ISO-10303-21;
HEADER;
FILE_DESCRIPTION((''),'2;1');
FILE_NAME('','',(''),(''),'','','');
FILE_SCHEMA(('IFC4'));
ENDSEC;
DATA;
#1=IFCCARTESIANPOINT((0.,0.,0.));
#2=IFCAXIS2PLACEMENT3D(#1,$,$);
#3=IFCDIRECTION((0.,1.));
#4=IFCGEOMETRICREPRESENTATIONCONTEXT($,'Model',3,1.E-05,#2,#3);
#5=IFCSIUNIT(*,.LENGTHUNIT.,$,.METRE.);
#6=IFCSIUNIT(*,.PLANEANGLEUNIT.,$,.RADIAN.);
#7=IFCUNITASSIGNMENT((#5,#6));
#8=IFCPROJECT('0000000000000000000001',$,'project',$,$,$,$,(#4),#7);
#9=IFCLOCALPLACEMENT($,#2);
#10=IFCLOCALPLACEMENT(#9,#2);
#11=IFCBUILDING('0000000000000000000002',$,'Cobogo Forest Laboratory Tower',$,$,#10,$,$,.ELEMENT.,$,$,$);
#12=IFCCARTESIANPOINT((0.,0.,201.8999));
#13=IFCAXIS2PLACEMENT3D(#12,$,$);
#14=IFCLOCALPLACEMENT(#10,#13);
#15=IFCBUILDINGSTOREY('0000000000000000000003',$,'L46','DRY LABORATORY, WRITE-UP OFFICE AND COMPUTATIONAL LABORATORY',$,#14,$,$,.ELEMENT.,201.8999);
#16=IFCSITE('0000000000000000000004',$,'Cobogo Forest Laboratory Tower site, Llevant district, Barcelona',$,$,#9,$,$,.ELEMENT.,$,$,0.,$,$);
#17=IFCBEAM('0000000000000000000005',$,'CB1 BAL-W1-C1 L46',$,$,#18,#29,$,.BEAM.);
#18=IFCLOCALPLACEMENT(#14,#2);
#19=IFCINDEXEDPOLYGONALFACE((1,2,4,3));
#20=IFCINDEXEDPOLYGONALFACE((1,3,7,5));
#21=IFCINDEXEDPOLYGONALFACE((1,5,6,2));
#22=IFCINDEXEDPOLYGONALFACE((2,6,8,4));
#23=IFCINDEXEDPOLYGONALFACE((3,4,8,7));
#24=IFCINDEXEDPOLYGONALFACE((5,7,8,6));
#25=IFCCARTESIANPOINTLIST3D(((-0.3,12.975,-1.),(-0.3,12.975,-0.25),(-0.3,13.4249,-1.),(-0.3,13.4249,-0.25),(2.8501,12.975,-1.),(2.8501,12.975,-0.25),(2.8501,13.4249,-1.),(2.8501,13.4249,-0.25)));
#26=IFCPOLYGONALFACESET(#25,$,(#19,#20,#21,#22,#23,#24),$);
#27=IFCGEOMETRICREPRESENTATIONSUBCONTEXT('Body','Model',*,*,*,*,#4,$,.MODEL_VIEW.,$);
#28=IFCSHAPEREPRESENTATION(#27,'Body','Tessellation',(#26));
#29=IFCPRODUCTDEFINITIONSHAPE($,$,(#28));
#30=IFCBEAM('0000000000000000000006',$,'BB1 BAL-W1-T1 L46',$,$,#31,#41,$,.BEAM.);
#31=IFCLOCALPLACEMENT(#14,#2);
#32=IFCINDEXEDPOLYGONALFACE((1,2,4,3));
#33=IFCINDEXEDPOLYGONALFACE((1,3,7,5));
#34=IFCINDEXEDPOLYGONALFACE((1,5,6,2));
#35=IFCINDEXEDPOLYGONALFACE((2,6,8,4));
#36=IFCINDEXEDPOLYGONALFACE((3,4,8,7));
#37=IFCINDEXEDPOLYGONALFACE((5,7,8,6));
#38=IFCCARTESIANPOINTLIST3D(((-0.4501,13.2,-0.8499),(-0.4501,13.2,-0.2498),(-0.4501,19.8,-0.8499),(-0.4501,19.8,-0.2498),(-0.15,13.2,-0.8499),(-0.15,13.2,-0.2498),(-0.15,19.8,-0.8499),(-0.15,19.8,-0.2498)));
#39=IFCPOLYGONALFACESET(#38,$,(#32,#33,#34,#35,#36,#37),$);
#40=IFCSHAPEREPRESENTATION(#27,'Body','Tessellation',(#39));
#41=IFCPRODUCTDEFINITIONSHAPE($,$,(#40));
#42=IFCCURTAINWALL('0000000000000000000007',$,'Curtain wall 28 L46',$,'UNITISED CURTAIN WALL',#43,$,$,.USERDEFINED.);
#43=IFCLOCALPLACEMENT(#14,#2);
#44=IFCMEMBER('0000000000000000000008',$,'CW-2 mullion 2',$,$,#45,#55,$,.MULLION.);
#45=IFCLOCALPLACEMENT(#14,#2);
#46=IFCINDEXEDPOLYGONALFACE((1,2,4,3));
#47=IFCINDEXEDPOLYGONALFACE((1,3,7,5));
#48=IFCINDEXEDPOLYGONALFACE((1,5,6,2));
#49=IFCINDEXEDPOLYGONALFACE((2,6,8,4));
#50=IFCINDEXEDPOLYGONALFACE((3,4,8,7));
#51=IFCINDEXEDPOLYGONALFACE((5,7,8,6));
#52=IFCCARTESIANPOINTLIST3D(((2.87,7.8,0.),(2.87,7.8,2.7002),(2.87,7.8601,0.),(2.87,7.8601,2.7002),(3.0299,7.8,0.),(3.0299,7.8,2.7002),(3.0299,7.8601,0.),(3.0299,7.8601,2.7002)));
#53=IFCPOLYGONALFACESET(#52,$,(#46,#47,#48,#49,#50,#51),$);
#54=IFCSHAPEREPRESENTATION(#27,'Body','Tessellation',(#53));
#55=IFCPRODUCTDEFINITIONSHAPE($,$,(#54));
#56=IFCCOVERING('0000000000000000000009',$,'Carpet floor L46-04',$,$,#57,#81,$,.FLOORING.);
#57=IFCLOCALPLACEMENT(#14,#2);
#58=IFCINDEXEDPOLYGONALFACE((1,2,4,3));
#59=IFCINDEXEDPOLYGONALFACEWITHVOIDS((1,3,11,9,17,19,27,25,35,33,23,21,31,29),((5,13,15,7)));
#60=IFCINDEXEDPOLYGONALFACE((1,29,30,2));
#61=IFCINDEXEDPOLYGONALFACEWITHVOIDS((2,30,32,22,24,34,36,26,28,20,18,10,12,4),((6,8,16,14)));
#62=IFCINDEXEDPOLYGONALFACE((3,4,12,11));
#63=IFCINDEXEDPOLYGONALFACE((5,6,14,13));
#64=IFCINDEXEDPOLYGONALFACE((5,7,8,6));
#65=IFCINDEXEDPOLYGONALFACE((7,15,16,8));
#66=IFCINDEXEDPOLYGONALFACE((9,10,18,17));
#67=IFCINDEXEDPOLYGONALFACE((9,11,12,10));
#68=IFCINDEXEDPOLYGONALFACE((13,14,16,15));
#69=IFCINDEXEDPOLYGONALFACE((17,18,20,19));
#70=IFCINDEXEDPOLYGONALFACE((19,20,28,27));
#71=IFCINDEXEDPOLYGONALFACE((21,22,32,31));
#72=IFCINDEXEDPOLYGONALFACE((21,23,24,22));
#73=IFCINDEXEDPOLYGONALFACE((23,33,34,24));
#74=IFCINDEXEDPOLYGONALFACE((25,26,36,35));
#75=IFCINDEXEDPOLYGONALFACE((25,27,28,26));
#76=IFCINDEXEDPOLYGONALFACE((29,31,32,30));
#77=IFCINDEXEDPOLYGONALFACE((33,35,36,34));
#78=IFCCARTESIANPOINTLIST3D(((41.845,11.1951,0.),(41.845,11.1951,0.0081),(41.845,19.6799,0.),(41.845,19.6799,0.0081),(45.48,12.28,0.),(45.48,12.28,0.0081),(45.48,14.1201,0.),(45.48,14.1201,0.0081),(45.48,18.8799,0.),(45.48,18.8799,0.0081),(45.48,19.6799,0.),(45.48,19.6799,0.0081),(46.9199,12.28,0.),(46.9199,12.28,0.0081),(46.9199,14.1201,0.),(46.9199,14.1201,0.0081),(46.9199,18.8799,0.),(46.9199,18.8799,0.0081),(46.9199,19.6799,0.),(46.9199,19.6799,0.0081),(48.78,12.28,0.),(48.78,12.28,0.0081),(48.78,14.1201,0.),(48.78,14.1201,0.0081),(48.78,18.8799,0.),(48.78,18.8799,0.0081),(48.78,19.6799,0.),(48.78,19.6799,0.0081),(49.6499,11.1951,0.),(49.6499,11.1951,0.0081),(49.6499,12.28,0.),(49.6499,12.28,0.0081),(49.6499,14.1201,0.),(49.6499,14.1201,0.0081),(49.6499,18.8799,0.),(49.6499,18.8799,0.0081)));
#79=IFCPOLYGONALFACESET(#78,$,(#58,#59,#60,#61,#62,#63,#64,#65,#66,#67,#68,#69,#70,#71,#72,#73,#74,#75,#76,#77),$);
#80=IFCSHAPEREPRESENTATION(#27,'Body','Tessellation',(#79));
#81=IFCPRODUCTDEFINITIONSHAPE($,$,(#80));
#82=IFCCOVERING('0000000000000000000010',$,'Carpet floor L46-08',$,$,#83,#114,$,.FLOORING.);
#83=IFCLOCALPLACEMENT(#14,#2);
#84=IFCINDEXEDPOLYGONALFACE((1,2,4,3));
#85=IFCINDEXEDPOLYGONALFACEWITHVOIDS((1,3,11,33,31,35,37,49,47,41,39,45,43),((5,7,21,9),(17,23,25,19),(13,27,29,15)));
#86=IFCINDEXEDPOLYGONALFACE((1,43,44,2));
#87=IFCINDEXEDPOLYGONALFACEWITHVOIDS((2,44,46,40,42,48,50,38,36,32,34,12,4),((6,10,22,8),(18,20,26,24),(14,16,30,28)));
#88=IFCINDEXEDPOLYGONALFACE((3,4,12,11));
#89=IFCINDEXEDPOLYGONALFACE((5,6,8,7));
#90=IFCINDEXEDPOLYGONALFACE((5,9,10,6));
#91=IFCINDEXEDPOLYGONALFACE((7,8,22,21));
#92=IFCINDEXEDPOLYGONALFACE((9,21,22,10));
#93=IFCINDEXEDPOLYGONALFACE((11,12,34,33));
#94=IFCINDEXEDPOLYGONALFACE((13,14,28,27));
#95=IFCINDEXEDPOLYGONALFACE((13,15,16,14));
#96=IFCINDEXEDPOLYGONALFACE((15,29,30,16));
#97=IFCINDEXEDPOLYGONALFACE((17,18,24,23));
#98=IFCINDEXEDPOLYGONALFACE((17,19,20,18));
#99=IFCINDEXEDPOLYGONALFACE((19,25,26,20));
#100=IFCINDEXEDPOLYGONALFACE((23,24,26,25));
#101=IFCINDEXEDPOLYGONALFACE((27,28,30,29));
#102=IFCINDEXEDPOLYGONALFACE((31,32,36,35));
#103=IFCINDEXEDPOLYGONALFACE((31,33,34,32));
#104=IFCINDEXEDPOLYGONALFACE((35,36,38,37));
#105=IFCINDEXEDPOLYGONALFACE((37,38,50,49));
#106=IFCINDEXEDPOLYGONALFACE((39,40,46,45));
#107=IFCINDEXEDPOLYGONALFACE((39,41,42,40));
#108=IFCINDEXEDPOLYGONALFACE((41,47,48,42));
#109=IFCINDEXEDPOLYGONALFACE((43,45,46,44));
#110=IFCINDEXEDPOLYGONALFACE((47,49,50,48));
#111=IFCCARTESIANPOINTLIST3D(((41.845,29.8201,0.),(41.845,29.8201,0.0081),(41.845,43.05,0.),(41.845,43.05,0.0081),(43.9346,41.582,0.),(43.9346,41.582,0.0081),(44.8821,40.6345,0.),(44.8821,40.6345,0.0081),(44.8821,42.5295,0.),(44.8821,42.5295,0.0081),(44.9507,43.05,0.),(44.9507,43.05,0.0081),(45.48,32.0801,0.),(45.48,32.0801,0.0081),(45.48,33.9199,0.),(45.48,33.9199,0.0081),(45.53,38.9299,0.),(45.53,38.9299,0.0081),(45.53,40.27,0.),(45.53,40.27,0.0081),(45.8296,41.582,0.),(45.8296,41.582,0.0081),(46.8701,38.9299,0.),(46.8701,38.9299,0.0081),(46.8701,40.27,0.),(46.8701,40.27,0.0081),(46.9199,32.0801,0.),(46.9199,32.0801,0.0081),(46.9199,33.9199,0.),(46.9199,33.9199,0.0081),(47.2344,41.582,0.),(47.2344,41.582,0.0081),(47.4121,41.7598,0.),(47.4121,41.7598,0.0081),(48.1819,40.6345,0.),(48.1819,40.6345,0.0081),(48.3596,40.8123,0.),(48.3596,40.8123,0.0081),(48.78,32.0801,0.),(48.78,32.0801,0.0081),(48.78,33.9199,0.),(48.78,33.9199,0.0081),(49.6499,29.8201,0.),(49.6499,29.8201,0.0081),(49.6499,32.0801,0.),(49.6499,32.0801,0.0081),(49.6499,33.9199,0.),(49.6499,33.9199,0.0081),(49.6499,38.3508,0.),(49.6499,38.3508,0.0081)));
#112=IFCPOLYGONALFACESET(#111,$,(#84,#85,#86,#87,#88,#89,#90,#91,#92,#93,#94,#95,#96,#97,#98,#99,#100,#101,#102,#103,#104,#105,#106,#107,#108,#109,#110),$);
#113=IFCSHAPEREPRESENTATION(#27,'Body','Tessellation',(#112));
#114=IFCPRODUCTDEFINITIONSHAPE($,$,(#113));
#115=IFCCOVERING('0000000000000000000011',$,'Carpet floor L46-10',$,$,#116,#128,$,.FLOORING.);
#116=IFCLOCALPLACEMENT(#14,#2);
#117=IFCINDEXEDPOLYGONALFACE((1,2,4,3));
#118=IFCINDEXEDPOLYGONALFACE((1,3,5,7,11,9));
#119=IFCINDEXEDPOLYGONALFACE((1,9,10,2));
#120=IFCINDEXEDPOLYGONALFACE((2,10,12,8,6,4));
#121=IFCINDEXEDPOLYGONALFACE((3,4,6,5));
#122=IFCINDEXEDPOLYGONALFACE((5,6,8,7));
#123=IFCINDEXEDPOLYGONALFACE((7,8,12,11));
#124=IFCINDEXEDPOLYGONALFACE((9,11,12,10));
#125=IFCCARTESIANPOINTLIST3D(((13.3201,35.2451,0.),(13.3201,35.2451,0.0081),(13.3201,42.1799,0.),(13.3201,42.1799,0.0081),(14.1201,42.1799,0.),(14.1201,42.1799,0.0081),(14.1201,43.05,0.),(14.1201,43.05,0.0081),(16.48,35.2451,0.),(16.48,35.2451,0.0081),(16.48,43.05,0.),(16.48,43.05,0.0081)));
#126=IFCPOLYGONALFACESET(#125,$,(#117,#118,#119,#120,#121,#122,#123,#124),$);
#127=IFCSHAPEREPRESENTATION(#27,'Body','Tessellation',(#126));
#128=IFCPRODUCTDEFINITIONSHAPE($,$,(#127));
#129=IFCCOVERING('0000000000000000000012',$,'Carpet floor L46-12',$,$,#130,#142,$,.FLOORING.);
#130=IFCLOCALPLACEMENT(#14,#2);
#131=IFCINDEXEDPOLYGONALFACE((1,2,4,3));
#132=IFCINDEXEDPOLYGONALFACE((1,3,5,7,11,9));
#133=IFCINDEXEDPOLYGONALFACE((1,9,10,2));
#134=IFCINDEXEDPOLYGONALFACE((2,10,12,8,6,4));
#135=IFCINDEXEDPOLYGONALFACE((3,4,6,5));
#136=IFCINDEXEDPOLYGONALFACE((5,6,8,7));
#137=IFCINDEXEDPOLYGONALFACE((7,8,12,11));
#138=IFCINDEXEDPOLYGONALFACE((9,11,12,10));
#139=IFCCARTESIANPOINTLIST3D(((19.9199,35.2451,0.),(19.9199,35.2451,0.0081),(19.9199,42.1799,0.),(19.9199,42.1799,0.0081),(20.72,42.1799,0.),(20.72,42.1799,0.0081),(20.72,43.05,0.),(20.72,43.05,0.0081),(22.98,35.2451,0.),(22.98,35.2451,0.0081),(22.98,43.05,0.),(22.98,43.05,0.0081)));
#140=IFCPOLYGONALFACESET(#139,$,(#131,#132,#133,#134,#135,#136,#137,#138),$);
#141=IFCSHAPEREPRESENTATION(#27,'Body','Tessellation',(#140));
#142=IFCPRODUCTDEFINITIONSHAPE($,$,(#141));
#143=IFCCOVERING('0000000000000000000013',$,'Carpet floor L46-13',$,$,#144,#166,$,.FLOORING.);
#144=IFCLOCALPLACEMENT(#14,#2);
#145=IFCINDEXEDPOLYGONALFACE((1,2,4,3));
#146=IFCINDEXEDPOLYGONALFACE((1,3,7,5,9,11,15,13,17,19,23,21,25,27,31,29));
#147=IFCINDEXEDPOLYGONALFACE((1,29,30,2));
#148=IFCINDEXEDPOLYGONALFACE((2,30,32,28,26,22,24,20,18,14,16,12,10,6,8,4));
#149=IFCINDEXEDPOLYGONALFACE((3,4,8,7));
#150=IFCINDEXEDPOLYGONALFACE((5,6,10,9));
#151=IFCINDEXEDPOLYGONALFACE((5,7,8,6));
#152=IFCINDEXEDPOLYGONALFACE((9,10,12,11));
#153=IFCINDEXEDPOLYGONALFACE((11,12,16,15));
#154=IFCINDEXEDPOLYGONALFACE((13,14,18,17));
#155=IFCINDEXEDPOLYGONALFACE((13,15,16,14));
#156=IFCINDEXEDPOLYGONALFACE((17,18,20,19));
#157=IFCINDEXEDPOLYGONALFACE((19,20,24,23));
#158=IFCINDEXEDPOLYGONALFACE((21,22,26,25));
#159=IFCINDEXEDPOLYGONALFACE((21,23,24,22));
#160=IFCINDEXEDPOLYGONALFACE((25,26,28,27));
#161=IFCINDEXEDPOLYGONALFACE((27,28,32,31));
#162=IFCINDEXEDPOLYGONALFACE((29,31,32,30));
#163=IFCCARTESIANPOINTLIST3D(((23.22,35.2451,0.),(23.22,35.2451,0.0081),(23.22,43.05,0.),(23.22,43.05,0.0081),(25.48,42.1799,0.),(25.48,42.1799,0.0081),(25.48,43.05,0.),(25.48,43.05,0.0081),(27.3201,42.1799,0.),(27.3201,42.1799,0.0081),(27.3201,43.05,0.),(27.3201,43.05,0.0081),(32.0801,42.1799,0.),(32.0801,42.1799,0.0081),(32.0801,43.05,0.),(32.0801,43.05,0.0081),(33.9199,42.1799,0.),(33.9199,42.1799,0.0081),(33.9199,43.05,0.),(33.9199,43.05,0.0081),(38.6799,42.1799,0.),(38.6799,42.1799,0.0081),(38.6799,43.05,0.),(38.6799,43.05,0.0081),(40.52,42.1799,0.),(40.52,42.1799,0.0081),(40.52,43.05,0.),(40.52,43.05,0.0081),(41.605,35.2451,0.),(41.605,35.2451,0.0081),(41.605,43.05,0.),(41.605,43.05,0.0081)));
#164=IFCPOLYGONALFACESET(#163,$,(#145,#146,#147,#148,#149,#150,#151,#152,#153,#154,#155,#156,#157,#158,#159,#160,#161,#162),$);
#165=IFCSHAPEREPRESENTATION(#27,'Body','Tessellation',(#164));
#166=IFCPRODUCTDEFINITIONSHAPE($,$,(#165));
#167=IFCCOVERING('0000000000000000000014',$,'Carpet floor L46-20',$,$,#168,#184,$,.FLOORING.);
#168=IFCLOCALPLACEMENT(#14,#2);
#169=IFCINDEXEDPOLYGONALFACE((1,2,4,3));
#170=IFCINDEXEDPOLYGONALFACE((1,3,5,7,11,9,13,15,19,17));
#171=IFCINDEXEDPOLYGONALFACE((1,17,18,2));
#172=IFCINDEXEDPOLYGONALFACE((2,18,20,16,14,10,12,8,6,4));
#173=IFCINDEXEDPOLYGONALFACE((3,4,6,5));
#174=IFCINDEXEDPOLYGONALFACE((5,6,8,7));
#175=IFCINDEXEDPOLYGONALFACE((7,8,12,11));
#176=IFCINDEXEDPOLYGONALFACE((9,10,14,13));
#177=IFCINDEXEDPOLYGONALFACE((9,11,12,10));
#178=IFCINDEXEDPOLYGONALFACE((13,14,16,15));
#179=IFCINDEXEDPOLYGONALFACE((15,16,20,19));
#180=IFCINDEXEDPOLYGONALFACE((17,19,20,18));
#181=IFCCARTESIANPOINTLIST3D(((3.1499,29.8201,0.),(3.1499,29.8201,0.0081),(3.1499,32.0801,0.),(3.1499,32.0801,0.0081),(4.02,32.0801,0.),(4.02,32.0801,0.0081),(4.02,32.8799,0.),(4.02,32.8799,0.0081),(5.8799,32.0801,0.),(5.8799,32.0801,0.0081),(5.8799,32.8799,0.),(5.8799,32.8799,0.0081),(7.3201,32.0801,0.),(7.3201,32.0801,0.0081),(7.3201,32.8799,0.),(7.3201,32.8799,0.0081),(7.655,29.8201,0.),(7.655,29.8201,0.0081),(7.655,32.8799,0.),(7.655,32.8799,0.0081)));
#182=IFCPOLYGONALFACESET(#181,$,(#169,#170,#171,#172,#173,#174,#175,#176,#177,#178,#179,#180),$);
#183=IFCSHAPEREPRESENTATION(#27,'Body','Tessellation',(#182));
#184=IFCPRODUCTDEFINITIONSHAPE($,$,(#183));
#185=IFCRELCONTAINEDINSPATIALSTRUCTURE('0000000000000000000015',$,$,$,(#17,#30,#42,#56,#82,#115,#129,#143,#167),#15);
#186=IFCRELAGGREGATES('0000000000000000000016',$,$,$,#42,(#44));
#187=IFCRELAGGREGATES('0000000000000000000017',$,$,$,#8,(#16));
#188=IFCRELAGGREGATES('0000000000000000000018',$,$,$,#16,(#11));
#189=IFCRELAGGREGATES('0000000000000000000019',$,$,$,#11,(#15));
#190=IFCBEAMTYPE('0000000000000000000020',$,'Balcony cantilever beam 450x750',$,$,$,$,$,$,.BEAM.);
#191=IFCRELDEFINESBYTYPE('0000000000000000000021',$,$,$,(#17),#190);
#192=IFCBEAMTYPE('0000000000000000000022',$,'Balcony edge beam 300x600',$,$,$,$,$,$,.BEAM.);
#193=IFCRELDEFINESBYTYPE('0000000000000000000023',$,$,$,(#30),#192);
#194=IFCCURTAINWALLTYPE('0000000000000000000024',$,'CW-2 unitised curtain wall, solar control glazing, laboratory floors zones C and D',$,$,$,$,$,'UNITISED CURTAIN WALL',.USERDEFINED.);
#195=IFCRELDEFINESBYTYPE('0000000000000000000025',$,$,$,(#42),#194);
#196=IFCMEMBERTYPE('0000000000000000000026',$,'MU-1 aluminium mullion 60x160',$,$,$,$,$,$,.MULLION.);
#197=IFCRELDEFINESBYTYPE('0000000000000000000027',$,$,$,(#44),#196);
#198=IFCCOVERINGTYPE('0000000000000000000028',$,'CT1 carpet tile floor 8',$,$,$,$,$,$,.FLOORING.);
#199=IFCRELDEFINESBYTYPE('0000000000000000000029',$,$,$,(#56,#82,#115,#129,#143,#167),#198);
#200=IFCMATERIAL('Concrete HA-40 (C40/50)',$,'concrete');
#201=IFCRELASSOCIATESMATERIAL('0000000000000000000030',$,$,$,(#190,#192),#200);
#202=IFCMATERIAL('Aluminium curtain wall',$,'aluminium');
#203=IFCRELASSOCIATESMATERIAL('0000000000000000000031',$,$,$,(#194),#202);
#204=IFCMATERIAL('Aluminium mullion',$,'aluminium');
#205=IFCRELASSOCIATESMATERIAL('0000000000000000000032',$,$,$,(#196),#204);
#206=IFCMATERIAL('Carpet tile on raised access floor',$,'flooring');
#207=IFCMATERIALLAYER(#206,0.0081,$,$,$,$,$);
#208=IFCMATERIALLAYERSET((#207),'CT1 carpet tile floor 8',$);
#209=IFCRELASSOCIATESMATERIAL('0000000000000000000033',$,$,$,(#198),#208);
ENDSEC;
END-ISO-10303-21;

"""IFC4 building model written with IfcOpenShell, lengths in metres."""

from ifc_helpers import new_model, si_unit, direction, frame, origin, origin_2d, place, context, subcontext, project, spatial, polyline, rectangle, outline, extrude, material, layer, layer_set, material_profile, profile_set, type_object, element, aggregate, save


model = new_model("IFC4")

# Units and contexts
model_context = context("Model", 3, precision=1e-05, world=origin(), true_north=direction((0.0, 1.0)))
body_context = subcontext(model_context, "Body", "Model", "MODEL_VIEW")
ifc_project = project(units=[si_unit("LENGTHUNIT", "METRE"), si_unit("PLANEANGLEUNIT", "RADIAN")], contexts=[model_context])

# Site, building, storey
site_placement = place(None, origin())
site = spatial("IfcSite", under=ifc_project, at=site_placement, Name="Cobogo Forest Laboratory Tower site, Llevant district, Barcelona", CompositionType="ELEMENT", RefElevation=0.0)
building_placement = place(site_placement, origin())
building = spatial("IfcBuilding", under=site, at=building_placement, Name="Cobogo Forest Laboratory Tower", CompositionType="ELEMENT")
storey_placement = place(building_placement, frame((0.0, 0.0, 201.8999)))
storey = spatial("IfcBuildingStorey", under=building, at=storey_placement, Name="L46", Description="DRY LABORATORY, WRITE-UP OFFICE AND COMPUTATIONAL LABORATORY", CompositionType="ELEMENT", Elevation=201.8999)

# Beams
ifc_material_1 = material(Name="Concrete HA-40 (C40/50)", Category="concrete")
ifc_material_profile_1 = material_profile(ifc_material_1, rectangle(XDim=0.45, YDim=0.75, at=origin_2d()), Name="RC 450x750")
ifc_profile_set_1 = profile_set([ifc_material_profile_1], Name="Concrete HA-40 (C40/50)")
beam_type_1 = type_object("IfcBeamType", Name="Balcony cantilever beam 450x750", PredefinedType="BEAM", material=ifc_profile_set_1)
beam_1_placement = place(storey_placement, frame((2.8501, 13.2, -0.625), z_axis=(-1.0, 0.0, 0.0), x_axis=(0.0, -1.0, 0.0)))
element("IfcBeam", 1, at=beam_1_placement, inside=storey, type_object=beam_type_1, Name="CB1 BAL-W1-C1 L46", PredefinedType="BEAM", context=body_context, shape_type="SweptSolid", body=[
    extrude(rectangle(XDim=0.45, YDim=0.75, at=origin_2d()), origin(), (0.0, 0.0, 1.0), 3.1501),
])
ifc_material_profile_2 = material_profile(ifc_material_1, rectangle(XDim=0.3, YDim=0.6001, at=origin_2d()), Name="RC 300x600")
ifc_profile_set_2 = profile_set([ifc_material_profile_2], Name="Concrete HA-40 (C40/50)")
beam_type_2 = type_object("IfcBeamType", Name="Balcony edge beam 300x600", PredefinedType="BEAM", material=ifc_profile_set_2)
beam_2_placement = place(storey_placement, frame((-0.3, 13.2, -0.5498), z_axis=(0.0, 1.0, 0.0), x_axis=(-1.0, 0.0, 0.0)))
element("IfcBeam", 2, at=beam_2_placement, inside=storey, type_object=beam_type_2, Name="BB1 BAL-W1-T1 L46", PredefinedType="BEAM", context=body_context, shape_type="SweptSolid", body=[
    extrude(rectangle(XDim=0.3, YDim=0.6001, at=origin_2d()), origin(), (0.0, 0.0, 1.0), 6.6001),
])

# Curtain wall, member
ifc_material_2 = material(Name="Aluminium curtain wall", Category="aluminium")
curtain_wall_type = type_object("IfcCurtainWallType", Name="CW-2 unitised curtain wall, solar control glazing, laboratory floors zones C and D", ElementType="UNITISED CURTAIN WALL", PredefinedType="USERDEFINED", material=ifc_material_2)
curtain_wall_placement = place(storey_placement, origin())
curtain_wall = element("IfcCurtainWall", 3, at=curtain_wall_placement, inside=storey, type_object=curtain_wall_type, Name="Curtain wall 28 L46", ObjectType="UNITISED CURTAIN WALL", PredefinedType="USERDEFINED")
ifc_material_3 = material(Name="Aluminium mullion", Category="aluminium")
ifc_material_profile_3 = material_profile(ifc_material_3, rectangle(XDim=0.0601, YDim=0.1599, at=origin_2d()), Name="AL 60x160")
ifc_profile_set_3 = profile_set([ifc_material_profile_3], Name="Aluminium mullion")
member_type = type_object("IfcMemberType", Name="MU-1 aluminium mullion 60x160", PredefinedType="MULLION", material=ifc_profile_set_3)
member_placement = place(storey_placement, frame((2.95, 7.8301, 0.0), z_axis=(0.0, 0.0, 1.0), x_axis=(0.0, -1.0, 0.0)))
member = element("IfcMember", 4, at=member_placement, type_object=member_type, Name="CW-2 mullion 2", PredefinedType="MULLION", context=body_context, shape_type="SweptSolid", body=[
    extrude(rectangle(XDim=0.0601, YDim=0.1599, at=origin_2d()), origin(), (0.0, 0.0, 1.0), 2.7002),
])
aggregate(curtain_wall, [member])

# Coverings
ifc_material_4 = material(Name="Carpet tile on raised access floor", Category="flooring")
ifc_layer_1 = layer(ifc_material_4, 0.0081)
ifc_layer_set_1 = layer_set([ifc_layer_1], Name="CT1 carpet tile floor 8")
covering_type_1 = type_object("IfcCoveringType", Name="CT1 carpet tile floor 8", PredefinedType="FLOORING", material=ifc_layer_set_1)
covering_1_placement = place(storey_placement, origin())
element("IfcCovering", 5, at=covering_1_placement, inside=storey, type_object=covering_type_1, Name="Carpet floor L46-04", PredefinedType="FLOORING", context=body_context, shape_type="SweptSolid", body=[
    extrude(outline(polyline([(41.845, 19.6799), (45.48, 19.6799), (45.48, 18.8799), (46.9199, 18.8799), (46.9199, 19.6799), (48.78, 19.6799), (48.78, 18.8799), (49.6499, 18.8799), (49.6499, 14.1201), (48.78, 14.1201), (48.78, 12.28), (49.6499, 12.28), (49.6499, 11.1951), (41.845, 11.1951), (41.845, 19.6799)]), holes=[polyline([(46.9199, 12.28), (46.9199, 14.1201), (45.48, 14.1201), (45.48, 12.28), (46.9199, 12.28)])]), origin(), (0.0, 0.0, 1.0), 0.0081),
])
covering_2_placement = place(storey_placement, origin())
element("IfcCovering", 6, at=covering_2_placement, inside=storey, type_object=covering_type_1, Name="Carpet floor L46-08", PredefinedType="FLOORING", context=body_context, shape_type="SweptSolid", body=[
    extrude(outline(polyline([(41.845, 43.05), (44.9507, 43.05), (47.4121, 41.7598), (47.2344, 41.582), (48.1819, 40.6345), (48.3596, 40.8123), (49.6499, 38.3508), (49.6499, 33.9199), (48.78, 33.9199), (48.78, 32.0801), (49.6499, 32.0801), (49.6499, 29.8201), (41.845, 29.8201), (41.845, 43.05)]), holes=[polyline([(46.9199, 32.0801), (46.9199, 33.9199), (45.48, 33.9199), (45.48, 32.0801), (46.9199, 32.0801)]), polyline([(45.53, 40.27), (45.53, 38.9299), (46.8701, 38.9299), (46.8701, 40.27), (45.53, 40.27)]), polyline([(44.8821, 40.6345), (45.8296, 41.582), (44.8821, 42.5295), (43.9346, 41.582), (44.8821, 40.6345)])]), origin(), (0.0, 0.0, 1.0), 0.0081),
])
covering_3_placement = place(storey_placement, origin())
element("IfcCovering", 7, at=covering_3_placement, inside=storey, type_object=covering_type_1, Name="Carpet floor L46-10", PredefinedType="FLOORING", context=body_context, shape_type="SweptSolid", body=[
    extrude(outline(polyline([(13.3201, 35.2451), (13.3201, 42.1799), (14.1201, 42.1799), (14.1201, 43.05), (16.48, 43.05), (16.48, 35.2451), (13.3201, 35.2451)])), origin(), (0.0, 0.0, 1.0), 0.0081),
])
covering_4_placement = place(storey_placement, origin())
element("IfcCovering", 8, at=covering_4_placement, inside=storey, type_object=covering_type_1, Name="Carpet floor L46-12", PredefinedType="FLOORING", context=body_context, shape_type="SweptSolid", body=[
    extrude(outline(polyline([(19.9199, 35.2451), (19.9199, 42.1799), (20.72, 42.1799), (20.72, 43.05), (22.98, 43.05), (22.98, 35.2451), (19.9199, 35.2451)])), origin(), (0.0, 0.0, 1.0), 0.0081),
])
covering_5_placement = place(storey_placement, origin())
element("IfcCovering", 9, at=covering_5_placement, inside=storey, type_object=covering_type_1, Name="Carpet floor L46-13", PredefinedType="FLOORING", context=body_context, shape_type="SweptSolid", body=[
    extrude(outline(polyline([(23.22, 35.2451), (23.22, 43.05), (25.48, 43.05), (25.48, 42.1799), (27.3201, 42.1799), (27.3201, 43.05), (32.0801, 43.05), (32.0801, 42.1799), (33.9199, 42.1799), (33.9199, 43.05), (38.6799, 43.05), (38.6799, 42.1799), (40.52, 42.1799), (40.52, 43.05), (41.605, 43.05), (41.605, 35.2451), (23.22, 35.2451)])), origin(), (0.0, 0.0, 1.0), 0.0081),
])
covering_6_placement = place(storey_placement, origin())
element("IfcCovering", 10, at=covering_6_placement, inside=storey, type_object=covering_type_1, Name="Carpet floor L46-20", PredefinedType="FLOORING", context=body_context, shape_type="SweptSolid", body=[
    extrude(outline(polyline([(7.655, 29.8201), (3.1499, 29.8201), (3.1499, 32.0801), (4.02, 32.0801), (4.02, 32.8799), (5.8799, 32.8799), (5.8799, 32.0801), (7.3201, 32.0801), (7.3201, 32.8799), (7.655, 32.8799), (7.655, 29.8201)])), origin(), (0.0, 0.0, 1.0), 0.0081),
])

save(model, "model.ifc")
